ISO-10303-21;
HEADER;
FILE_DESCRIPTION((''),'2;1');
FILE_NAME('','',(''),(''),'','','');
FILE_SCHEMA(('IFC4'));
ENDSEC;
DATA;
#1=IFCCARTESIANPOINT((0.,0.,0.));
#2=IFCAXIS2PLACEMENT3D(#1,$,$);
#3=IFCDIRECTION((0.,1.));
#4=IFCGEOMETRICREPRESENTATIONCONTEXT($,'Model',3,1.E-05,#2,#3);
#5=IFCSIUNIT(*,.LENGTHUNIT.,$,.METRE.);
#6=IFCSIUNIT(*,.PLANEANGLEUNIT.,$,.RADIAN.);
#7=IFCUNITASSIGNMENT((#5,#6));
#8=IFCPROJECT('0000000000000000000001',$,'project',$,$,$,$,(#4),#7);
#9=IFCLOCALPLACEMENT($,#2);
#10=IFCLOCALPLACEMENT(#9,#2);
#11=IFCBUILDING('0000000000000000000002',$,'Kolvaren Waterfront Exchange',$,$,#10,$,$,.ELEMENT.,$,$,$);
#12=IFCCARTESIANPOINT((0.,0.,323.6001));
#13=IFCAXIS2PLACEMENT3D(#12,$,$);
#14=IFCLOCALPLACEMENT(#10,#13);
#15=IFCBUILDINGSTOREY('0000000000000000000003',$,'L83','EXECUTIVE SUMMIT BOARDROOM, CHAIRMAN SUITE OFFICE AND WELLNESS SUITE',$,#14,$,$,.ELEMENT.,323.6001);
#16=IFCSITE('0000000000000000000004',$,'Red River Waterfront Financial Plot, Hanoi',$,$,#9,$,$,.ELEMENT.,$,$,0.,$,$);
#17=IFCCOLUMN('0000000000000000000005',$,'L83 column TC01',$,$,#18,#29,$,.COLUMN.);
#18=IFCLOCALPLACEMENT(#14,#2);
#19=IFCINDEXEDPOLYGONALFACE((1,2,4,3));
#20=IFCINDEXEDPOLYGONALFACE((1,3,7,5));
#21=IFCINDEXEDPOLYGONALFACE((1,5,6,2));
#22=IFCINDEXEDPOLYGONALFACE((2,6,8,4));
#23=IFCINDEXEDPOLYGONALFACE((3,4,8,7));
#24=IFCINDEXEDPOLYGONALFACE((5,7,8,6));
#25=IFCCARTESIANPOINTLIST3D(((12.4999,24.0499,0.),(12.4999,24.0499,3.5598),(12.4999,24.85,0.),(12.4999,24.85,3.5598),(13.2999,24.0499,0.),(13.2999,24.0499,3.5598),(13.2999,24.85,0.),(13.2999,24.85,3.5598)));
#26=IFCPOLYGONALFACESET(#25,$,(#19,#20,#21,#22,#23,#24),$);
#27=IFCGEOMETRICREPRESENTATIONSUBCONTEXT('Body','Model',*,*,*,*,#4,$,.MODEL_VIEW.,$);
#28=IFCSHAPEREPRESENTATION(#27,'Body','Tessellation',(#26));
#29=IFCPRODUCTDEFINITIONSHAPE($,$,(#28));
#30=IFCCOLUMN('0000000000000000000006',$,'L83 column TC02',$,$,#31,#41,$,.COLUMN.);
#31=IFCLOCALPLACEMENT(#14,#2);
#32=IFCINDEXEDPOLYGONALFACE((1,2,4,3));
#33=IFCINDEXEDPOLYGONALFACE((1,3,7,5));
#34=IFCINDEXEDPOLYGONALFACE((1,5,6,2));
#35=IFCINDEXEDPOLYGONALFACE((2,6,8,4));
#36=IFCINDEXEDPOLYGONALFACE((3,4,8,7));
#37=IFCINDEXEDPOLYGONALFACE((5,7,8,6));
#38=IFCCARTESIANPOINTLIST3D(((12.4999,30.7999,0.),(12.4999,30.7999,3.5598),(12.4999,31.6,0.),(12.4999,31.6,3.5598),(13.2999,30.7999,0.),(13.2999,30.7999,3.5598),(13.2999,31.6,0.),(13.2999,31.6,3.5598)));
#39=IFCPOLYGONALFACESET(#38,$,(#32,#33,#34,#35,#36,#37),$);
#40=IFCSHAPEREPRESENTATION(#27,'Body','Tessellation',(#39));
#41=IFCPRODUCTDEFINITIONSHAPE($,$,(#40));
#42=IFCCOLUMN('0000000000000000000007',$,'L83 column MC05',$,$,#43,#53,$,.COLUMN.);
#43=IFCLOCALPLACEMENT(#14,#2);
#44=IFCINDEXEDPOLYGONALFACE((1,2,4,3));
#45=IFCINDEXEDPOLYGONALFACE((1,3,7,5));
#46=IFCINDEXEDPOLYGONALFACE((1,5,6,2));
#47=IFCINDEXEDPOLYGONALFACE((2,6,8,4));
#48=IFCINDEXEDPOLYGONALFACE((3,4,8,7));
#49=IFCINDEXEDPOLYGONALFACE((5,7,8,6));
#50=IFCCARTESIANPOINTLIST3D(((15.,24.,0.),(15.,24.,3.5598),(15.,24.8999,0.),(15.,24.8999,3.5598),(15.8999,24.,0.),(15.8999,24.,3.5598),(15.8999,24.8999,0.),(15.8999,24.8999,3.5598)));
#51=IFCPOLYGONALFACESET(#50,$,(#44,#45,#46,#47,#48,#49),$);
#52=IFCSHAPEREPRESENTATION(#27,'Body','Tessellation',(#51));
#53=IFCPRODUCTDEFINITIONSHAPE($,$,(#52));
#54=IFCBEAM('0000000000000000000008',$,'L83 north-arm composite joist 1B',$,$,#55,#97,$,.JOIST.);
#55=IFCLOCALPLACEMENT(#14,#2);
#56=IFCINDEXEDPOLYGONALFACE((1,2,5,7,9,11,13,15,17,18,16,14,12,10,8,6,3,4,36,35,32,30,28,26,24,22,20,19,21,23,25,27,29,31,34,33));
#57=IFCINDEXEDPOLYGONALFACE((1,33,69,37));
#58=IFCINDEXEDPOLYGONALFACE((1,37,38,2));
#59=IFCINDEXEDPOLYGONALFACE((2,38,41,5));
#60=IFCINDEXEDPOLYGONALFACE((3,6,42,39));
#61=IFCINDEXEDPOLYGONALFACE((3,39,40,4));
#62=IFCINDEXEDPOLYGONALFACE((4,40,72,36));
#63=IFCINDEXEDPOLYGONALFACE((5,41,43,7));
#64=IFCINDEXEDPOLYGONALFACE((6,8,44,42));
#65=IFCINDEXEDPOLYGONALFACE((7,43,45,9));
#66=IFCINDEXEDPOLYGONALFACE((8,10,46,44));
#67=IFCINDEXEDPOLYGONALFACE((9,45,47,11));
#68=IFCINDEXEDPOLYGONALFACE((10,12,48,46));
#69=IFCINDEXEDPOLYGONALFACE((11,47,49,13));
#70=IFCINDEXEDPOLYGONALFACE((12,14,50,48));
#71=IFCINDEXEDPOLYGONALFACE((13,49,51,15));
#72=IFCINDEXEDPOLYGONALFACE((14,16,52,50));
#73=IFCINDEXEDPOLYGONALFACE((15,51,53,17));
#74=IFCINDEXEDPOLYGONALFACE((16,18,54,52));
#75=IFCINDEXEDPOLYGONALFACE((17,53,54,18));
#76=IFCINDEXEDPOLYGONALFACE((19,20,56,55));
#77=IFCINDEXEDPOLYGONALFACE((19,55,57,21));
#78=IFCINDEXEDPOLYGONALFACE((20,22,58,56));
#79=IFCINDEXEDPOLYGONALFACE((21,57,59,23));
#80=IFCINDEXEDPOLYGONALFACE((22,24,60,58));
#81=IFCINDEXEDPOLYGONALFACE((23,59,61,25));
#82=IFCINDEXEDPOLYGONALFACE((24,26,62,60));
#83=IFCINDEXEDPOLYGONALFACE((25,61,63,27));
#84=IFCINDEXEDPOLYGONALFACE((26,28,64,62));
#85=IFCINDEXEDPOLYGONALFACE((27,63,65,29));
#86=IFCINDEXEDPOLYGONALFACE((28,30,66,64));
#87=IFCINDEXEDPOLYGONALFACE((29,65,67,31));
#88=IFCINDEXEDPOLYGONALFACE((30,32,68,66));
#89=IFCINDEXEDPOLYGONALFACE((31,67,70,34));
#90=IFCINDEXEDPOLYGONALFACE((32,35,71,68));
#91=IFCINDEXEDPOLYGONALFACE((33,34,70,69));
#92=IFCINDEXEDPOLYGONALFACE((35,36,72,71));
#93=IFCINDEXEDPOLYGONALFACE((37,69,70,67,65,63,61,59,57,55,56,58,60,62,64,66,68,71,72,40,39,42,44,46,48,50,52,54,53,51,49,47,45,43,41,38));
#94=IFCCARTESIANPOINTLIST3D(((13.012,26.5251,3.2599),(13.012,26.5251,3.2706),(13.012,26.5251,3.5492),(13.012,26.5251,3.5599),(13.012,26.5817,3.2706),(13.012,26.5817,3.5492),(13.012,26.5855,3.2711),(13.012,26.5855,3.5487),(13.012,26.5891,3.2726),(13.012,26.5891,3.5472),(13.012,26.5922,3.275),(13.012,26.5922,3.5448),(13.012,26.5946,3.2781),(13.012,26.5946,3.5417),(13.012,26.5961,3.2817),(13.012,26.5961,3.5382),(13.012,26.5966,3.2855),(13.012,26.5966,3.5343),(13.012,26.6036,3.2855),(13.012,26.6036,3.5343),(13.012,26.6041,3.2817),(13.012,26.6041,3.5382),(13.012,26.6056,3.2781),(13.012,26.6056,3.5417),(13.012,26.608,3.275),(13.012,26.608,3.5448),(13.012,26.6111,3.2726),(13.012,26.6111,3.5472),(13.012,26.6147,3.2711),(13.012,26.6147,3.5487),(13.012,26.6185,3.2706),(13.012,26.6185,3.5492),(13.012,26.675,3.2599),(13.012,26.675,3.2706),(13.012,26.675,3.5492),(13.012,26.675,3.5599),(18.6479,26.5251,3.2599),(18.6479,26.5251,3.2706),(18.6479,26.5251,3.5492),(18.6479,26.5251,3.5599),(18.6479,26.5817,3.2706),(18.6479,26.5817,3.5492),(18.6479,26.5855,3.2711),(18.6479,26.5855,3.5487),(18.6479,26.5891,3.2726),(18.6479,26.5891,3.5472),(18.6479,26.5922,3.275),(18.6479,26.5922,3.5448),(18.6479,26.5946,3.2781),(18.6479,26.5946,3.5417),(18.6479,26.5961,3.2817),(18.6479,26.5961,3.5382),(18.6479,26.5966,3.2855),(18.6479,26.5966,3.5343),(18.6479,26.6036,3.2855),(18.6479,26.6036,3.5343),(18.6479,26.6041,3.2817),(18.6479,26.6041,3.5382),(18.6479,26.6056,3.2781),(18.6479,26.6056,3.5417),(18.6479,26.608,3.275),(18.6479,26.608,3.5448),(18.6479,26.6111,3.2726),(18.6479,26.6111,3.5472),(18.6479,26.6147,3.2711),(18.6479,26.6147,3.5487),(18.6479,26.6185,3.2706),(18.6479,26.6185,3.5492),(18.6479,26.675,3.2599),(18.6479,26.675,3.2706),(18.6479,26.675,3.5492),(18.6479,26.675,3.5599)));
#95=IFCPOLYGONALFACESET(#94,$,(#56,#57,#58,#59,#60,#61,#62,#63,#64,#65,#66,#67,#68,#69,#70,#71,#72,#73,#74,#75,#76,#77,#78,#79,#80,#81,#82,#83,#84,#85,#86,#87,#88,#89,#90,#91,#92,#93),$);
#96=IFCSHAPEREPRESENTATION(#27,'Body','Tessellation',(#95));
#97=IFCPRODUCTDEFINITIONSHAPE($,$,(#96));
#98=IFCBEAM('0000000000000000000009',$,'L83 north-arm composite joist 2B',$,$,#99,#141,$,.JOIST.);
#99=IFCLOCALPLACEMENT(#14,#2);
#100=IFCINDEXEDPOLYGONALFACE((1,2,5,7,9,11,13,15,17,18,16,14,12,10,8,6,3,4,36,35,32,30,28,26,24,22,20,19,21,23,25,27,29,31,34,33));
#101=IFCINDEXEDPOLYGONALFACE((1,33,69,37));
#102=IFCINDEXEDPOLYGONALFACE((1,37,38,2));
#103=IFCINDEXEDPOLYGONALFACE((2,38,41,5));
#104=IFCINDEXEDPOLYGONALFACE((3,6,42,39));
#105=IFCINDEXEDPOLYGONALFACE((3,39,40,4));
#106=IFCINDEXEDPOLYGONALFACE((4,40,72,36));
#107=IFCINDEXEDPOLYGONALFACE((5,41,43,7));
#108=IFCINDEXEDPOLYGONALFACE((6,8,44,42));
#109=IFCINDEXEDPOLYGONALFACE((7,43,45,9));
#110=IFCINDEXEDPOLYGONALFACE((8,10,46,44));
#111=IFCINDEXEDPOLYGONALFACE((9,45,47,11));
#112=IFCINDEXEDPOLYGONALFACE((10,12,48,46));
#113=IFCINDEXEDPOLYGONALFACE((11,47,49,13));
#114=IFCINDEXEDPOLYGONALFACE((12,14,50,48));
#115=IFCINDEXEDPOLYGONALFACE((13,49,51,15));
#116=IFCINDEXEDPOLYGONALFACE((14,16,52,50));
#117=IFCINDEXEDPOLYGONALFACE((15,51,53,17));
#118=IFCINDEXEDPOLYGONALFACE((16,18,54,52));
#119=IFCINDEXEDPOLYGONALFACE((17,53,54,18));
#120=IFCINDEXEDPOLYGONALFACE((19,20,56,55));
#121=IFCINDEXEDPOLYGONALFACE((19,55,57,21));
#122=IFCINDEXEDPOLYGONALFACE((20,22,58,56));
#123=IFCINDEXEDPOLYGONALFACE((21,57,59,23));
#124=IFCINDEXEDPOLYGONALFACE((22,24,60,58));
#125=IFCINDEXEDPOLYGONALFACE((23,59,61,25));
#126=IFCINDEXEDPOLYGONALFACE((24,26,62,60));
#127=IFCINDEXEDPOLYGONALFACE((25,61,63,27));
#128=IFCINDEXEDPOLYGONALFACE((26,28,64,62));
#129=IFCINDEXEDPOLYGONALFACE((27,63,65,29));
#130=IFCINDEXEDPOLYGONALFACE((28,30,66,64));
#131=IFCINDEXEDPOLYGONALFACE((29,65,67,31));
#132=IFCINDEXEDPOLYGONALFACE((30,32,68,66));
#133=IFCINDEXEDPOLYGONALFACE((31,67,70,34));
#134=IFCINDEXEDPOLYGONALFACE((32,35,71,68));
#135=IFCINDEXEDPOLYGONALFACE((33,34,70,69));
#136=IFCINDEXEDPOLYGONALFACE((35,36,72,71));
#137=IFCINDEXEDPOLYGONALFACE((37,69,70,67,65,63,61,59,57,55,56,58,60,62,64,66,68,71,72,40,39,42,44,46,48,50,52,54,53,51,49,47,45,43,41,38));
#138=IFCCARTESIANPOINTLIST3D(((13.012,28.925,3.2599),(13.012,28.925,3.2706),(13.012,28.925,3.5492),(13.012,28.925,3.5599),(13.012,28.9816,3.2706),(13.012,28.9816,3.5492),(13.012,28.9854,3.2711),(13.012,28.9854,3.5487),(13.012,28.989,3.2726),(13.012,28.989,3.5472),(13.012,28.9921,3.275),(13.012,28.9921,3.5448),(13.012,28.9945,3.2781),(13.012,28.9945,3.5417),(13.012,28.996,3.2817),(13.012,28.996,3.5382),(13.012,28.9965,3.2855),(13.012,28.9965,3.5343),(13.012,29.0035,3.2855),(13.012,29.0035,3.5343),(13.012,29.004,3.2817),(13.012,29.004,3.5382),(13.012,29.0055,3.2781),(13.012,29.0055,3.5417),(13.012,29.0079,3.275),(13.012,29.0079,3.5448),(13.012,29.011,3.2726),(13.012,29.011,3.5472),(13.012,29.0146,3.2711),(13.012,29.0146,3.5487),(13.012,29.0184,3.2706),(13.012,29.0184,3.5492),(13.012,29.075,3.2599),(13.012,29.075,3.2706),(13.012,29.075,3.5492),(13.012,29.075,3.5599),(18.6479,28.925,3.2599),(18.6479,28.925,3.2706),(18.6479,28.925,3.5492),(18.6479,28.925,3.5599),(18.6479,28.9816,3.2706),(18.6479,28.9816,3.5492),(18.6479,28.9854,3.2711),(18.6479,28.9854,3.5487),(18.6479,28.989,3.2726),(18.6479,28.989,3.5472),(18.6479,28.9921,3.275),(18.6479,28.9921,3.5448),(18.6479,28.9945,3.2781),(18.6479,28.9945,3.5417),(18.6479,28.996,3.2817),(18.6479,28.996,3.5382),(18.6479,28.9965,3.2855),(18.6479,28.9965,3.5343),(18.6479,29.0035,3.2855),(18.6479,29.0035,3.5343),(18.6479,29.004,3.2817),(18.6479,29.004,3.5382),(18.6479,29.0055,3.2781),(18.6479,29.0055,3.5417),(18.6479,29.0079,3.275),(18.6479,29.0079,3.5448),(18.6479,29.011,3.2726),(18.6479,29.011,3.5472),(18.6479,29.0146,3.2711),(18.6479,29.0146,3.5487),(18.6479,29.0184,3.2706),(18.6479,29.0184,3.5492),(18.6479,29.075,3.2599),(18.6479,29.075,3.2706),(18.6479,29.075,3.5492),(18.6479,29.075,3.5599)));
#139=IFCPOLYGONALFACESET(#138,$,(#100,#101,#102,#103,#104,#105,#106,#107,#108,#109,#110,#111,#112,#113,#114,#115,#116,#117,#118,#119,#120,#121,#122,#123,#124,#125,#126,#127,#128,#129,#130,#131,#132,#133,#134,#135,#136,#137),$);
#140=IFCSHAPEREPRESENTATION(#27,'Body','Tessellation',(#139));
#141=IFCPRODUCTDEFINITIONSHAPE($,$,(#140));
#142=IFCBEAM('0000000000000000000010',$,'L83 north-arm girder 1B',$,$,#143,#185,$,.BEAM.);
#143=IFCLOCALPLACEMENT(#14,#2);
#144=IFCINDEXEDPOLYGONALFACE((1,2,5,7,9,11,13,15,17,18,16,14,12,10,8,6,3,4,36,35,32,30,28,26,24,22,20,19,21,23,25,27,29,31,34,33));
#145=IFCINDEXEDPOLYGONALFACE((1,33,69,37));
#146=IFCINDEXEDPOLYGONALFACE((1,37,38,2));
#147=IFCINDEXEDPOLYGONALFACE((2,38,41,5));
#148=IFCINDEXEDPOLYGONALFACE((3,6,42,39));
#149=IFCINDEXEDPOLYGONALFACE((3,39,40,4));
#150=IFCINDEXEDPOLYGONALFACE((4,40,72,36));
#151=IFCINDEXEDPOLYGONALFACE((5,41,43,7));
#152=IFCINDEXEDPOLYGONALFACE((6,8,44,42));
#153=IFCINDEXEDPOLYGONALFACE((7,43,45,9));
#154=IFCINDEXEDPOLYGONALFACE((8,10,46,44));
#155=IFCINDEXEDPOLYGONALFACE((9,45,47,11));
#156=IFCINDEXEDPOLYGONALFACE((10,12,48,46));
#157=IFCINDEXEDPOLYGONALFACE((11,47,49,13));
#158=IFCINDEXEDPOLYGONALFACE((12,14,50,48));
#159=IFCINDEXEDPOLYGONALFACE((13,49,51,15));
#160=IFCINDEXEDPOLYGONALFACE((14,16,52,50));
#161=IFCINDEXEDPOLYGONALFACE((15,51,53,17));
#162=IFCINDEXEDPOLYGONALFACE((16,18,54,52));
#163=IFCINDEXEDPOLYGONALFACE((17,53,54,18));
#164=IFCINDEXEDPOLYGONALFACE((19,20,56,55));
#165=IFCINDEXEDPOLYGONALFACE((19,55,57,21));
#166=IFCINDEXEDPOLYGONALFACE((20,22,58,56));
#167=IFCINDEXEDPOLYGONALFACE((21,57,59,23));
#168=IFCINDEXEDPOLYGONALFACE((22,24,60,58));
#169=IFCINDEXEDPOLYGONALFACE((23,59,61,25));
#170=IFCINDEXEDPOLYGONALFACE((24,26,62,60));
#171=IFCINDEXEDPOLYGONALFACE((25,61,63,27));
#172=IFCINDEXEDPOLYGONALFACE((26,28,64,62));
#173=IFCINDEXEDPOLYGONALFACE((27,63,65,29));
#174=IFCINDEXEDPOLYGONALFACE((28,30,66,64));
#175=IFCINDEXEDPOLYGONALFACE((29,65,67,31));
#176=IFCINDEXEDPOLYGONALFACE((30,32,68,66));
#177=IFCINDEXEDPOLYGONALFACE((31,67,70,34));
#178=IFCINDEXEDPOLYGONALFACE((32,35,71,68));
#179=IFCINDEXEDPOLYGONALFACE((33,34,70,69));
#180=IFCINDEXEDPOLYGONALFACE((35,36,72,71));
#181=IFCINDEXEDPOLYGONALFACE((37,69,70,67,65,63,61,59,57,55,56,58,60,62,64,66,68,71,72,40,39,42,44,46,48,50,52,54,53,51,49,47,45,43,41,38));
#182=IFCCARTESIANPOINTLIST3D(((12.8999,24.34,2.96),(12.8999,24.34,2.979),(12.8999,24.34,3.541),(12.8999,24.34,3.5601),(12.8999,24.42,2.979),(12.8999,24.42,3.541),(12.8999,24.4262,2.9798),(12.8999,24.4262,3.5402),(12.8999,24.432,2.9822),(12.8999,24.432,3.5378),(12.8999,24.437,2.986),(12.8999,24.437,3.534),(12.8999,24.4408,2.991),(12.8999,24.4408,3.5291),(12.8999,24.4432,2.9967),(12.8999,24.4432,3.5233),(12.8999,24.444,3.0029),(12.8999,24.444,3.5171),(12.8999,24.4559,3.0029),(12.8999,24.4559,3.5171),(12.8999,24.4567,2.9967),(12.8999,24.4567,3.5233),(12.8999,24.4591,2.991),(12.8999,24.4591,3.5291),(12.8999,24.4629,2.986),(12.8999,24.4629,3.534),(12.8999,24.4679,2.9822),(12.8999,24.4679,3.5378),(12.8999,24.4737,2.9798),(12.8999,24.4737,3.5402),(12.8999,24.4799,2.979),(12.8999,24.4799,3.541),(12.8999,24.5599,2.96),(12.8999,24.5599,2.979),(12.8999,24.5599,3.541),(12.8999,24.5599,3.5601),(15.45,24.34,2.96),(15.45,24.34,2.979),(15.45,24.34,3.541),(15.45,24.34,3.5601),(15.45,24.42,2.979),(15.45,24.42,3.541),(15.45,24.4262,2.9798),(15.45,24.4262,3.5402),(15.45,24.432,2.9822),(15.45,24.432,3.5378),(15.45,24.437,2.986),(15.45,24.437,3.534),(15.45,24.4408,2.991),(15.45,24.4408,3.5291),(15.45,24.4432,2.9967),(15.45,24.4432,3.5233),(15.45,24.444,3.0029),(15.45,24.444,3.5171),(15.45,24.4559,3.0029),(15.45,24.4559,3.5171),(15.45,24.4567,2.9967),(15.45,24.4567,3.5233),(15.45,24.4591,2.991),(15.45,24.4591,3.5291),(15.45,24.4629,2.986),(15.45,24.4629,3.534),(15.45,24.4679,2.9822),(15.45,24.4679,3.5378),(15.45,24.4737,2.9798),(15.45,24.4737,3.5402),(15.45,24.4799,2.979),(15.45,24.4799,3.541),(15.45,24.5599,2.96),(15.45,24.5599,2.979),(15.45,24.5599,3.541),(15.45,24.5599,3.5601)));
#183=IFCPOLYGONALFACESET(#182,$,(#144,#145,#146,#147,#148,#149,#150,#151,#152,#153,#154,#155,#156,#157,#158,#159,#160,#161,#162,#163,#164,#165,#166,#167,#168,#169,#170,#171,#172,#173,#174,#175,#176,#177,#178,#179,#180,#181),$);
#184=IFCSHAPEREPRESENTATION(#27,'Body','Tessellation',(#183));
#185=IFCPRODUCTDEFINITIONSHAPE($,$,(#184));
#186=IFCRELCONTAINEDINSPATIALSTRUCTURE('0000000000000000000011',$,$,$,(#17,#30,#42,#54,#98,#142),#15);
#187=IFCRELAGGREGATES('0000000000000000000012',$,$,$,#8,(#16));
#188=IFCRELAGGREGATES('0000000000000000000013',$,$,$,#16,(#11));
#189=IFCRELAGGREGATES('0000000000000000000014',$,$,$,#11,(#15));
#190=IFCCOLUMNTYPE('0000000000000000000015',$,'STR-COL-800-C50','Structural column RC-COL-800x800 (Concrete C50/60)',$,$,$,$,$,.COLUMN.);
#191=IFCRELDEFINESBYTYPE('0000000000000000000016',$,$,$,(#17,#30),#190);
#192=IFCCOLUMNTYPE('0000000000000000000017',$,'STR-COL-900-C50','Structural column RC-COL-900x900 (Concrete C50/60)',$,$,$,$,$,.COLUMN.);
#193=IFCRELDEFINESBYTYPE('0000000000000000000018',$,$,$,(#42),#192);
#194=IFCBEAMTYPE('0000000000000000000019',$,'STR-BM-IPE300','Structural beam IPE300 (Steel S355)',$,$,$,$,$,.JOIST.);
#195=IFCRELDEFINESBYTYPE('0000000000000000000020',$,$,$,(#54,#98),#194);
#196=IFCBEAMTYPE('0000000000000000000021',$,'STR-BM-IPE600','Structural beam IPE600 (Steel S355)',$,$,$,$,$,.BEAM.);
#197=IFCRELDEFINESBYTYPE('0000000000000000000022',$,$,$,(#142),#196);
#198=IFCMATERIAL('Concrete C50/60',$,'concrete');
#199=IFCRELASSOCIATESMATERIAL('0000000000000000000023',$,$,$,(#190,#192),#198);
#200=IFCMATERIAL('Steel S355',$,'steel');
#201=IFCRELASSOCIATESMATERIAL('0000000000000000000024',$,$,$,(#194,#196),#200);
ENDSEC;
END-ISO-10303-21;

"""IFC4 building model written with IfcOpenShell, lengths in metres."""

from ifc_helpers import new_model, si_unit, direction, frame, origin, origin_2d, place, context, subcontext, project, spatial, rectangle, i_section, extrude, material, material_profile, profile_set, type_object, element, save


model = new_model("IFC4")

# Units and contexts
model_context = context("Model", 3, precision=1e-05, world=origin(), true_north=direction((0.0, 1.0)))
body_context = subcontext(model_context, "Body", "Model", "MODEL_VIEW")
ifc_project = project(units=[si_unit("LENGTHUNIT", "METRE"), si_unit("PLANEANGLEUNIT", "RADIAN")], contexts=[model_context])

# Site, building, storey
site_placement = place(None, origin())
site = spatial("IfcSite", under=ifc_project, at=site_placement, Name="Red River Waterfront Financial Plot, Hanoi", CompositionType="ELEMENT", RefElevation=0.0)
building_placement = place(site_placement, origin())
building = spatial("IfcBuilding", under=site, at=building_placement, Name="Kolvaren Waterfront Exchange", CompositionType="ELEMENT")
storey_placement = place(building_placement, frame((0.0, 0.0, 323.6001)))
storey = spatial("IfcBuildingStorey", under=building, at=storey_placement, Name="L83", Description="EXECUTIVE SUMMIT BOARDROOM, CHAIRMAN SUITE OFFICE AND WELLNESS SUITE", CompositionType="ELEMENT", Elevation=323.6001)

# Columns
ifc_material_1 = material(Name="Concrete C50/60", Category="concrete")
ifc_material_profile_1 = material_profile(ifc_material_1, rectangle(XDim=0.8, YDim=0.8, at=origin_2d()), Name="RC-COL-800x800")
ifc_profile_set_1 = profile_set([ifc_material_profile_1], Name="Concrete C50/60")
column_type_1 = type_object("IfcColumnType", Name="STR-COL-800-C50", Description="Structural column RC-COL-800x800 (Concrete C50/60)", PredefinedType="COLUMN", material=ifc_profile_set_1)
for number, where, z_axis, x_axis, name in (
    (1, (12.8999, 24.45, 0.0), (0.0, 0.0, 1.0), (1.0, 0.0, 0.0), "L83 column TC01"),
    (2, (12.8999, 31.2, 0.0), (0.0, 0.0, 1.0), (1.0, 0.0, 0.0), "L83 column TC02"),
):
    element("IfcColumn", number, at=place(storey_placement, frame(where, z_axis=z_axis, x_axis=x_axis)), inside=storey, type_object=column_type_1, Name=name, PredefinedType="COLUMN", context=body_context, shape_type="SweptSolid", body=[
        extrude(rectangle(XDim=0.8, YDim=0.8, at=origin_2d()), origin(), (0.0, 0.0, 1.0), 3.5598),
    ])
ifc_material_profile_2 = material_profile(ifc_material_1, rectangle(XDim=0.8999, YDim=0.8999, at=origin_2d()), Name="RC-COL-900x900")
ifc_profile_set_2 = profile_set([ifc_material_profile_2], Name="Concrete C50/60")
column_type_2 = type_object("IfcColumnType", Name="STR-COL-900-C50", Description="Structural column RC-COL-900x900 (Concrete C50/60)", PredefinedType="COLUMN", material=ifc_profile_set_2)
column_placement = place(storey_placement, frame((15.45, 24.45, 0.0), z_axis=(0.0, 0.0, 1.0), x_axis=(1.0, 0.0, 0.0)))
element("IfcColumn", 3, at=column_placement, inside=storey, type_object=column_type_2, Name="L83 column MC05", PredefinedType="COLUMN", context=body_context, shape_type="SweptSolid", body=[
    extrude(rectangle(XDim=0.8999, YDim=0.8999, at=origin_2d()), origin(), (0.0, 0.0, 1.0), 3.5598),
])

# Beams
ifc_material_2 = material(Name="Steel S355", Category="steel")
ifc_material_profile_3 = material_profile(ifc_material_2, i_section(OverallWidth=0.1499, OverallDepth=0.3, WebThickness=0.0071, FlangeThickness=0.0107, FilletRadius=0.0149, at=origin_2d()), Name="IPE300")
ifc_profile_set_3 = profile_set([ifc_material_profile_3], Name="Steel S355")
beam_type_1 = type_object("IfcBeamType", Name="STR-BM-IPE300", Description="Structural beam IPE300 (Steel S355)", PredefinedType="JOIST", material=ifc_profile_set_3)
for number, where, z_axis, x_axis, name in (
    (4, (13.012, 26.6001, 3.4099), (1.0, 0.0, 0.0), (0.0, 1.0, 0.0), "L83 north-arm composite joist 1B"),
    (5, (13.012, 29.0, 3.4099), (1.0, 0.0, 0.0), (0.0, 1.0, 0.0), "L83 north-arm composite joist 2B"),
):
    element("IfcBeam", number, at=place(storey_placement, frame(where, z_axis=z_axis, x_axis=x_axis)), inside=storey, type_object=beam_type_1, Name=name, PredefinedType="JOIST", context=body_context, shape_type="SweptSolid", body=[
        extrude(i_section(OverallWidth=0.1499, OverallDepth=0.3, WebThickness=0.0071, FlangeThickness=0.0107, FilletRadius=0.0149, at=origin_2d()), origin(), (0.0, 0.0, 1.0), 5.636),
    ])
ifc_material_profile_4 = material_profile(ifc_material_2, i_section(OverallWidth=0.22, OverallDepth=0.6001, WebThickness=0.012, FlangeThickness=0.019, FilletRadius=0.0239, at=origin_2d()), Name="IPE600")
ifc_profile_set_4 = profile_set([ifc_material_profile_4], Name="Steel S355")
beam_type_2 = type_object("IfcBeamType", Name="STR-BM-IPE600", Description="Structural beam IPE600 (Steel S355)", PredefinedType="BEAM", material=ifc_profile_set_4)
beam_1_placement = place(storey_placement, frame((12.8999, 24.45, 3.26), z_axis=(1.0, 0.0, 0.0), x_axis=(0.0, 1.0, 0.0)))
element("IfcBeam", 6, at=beam_1_placement, inside=storey, type_object=beam_type_2, Name="L83 north-arm girder 1B", PredefinedType="BEAM", context=body_context, shape_type="SweptSolid", body=[
    extrude(i_section(OverallWidth=0.22, OverallDepth=0.6001, WebThickness=0.012, FlangeThickness=0.019, FilletRadius=0.0239, at=origin_2d()), origin(), (0.0, 0.0, 1.0), 2.55),
])

save(model, "model.ifc")
